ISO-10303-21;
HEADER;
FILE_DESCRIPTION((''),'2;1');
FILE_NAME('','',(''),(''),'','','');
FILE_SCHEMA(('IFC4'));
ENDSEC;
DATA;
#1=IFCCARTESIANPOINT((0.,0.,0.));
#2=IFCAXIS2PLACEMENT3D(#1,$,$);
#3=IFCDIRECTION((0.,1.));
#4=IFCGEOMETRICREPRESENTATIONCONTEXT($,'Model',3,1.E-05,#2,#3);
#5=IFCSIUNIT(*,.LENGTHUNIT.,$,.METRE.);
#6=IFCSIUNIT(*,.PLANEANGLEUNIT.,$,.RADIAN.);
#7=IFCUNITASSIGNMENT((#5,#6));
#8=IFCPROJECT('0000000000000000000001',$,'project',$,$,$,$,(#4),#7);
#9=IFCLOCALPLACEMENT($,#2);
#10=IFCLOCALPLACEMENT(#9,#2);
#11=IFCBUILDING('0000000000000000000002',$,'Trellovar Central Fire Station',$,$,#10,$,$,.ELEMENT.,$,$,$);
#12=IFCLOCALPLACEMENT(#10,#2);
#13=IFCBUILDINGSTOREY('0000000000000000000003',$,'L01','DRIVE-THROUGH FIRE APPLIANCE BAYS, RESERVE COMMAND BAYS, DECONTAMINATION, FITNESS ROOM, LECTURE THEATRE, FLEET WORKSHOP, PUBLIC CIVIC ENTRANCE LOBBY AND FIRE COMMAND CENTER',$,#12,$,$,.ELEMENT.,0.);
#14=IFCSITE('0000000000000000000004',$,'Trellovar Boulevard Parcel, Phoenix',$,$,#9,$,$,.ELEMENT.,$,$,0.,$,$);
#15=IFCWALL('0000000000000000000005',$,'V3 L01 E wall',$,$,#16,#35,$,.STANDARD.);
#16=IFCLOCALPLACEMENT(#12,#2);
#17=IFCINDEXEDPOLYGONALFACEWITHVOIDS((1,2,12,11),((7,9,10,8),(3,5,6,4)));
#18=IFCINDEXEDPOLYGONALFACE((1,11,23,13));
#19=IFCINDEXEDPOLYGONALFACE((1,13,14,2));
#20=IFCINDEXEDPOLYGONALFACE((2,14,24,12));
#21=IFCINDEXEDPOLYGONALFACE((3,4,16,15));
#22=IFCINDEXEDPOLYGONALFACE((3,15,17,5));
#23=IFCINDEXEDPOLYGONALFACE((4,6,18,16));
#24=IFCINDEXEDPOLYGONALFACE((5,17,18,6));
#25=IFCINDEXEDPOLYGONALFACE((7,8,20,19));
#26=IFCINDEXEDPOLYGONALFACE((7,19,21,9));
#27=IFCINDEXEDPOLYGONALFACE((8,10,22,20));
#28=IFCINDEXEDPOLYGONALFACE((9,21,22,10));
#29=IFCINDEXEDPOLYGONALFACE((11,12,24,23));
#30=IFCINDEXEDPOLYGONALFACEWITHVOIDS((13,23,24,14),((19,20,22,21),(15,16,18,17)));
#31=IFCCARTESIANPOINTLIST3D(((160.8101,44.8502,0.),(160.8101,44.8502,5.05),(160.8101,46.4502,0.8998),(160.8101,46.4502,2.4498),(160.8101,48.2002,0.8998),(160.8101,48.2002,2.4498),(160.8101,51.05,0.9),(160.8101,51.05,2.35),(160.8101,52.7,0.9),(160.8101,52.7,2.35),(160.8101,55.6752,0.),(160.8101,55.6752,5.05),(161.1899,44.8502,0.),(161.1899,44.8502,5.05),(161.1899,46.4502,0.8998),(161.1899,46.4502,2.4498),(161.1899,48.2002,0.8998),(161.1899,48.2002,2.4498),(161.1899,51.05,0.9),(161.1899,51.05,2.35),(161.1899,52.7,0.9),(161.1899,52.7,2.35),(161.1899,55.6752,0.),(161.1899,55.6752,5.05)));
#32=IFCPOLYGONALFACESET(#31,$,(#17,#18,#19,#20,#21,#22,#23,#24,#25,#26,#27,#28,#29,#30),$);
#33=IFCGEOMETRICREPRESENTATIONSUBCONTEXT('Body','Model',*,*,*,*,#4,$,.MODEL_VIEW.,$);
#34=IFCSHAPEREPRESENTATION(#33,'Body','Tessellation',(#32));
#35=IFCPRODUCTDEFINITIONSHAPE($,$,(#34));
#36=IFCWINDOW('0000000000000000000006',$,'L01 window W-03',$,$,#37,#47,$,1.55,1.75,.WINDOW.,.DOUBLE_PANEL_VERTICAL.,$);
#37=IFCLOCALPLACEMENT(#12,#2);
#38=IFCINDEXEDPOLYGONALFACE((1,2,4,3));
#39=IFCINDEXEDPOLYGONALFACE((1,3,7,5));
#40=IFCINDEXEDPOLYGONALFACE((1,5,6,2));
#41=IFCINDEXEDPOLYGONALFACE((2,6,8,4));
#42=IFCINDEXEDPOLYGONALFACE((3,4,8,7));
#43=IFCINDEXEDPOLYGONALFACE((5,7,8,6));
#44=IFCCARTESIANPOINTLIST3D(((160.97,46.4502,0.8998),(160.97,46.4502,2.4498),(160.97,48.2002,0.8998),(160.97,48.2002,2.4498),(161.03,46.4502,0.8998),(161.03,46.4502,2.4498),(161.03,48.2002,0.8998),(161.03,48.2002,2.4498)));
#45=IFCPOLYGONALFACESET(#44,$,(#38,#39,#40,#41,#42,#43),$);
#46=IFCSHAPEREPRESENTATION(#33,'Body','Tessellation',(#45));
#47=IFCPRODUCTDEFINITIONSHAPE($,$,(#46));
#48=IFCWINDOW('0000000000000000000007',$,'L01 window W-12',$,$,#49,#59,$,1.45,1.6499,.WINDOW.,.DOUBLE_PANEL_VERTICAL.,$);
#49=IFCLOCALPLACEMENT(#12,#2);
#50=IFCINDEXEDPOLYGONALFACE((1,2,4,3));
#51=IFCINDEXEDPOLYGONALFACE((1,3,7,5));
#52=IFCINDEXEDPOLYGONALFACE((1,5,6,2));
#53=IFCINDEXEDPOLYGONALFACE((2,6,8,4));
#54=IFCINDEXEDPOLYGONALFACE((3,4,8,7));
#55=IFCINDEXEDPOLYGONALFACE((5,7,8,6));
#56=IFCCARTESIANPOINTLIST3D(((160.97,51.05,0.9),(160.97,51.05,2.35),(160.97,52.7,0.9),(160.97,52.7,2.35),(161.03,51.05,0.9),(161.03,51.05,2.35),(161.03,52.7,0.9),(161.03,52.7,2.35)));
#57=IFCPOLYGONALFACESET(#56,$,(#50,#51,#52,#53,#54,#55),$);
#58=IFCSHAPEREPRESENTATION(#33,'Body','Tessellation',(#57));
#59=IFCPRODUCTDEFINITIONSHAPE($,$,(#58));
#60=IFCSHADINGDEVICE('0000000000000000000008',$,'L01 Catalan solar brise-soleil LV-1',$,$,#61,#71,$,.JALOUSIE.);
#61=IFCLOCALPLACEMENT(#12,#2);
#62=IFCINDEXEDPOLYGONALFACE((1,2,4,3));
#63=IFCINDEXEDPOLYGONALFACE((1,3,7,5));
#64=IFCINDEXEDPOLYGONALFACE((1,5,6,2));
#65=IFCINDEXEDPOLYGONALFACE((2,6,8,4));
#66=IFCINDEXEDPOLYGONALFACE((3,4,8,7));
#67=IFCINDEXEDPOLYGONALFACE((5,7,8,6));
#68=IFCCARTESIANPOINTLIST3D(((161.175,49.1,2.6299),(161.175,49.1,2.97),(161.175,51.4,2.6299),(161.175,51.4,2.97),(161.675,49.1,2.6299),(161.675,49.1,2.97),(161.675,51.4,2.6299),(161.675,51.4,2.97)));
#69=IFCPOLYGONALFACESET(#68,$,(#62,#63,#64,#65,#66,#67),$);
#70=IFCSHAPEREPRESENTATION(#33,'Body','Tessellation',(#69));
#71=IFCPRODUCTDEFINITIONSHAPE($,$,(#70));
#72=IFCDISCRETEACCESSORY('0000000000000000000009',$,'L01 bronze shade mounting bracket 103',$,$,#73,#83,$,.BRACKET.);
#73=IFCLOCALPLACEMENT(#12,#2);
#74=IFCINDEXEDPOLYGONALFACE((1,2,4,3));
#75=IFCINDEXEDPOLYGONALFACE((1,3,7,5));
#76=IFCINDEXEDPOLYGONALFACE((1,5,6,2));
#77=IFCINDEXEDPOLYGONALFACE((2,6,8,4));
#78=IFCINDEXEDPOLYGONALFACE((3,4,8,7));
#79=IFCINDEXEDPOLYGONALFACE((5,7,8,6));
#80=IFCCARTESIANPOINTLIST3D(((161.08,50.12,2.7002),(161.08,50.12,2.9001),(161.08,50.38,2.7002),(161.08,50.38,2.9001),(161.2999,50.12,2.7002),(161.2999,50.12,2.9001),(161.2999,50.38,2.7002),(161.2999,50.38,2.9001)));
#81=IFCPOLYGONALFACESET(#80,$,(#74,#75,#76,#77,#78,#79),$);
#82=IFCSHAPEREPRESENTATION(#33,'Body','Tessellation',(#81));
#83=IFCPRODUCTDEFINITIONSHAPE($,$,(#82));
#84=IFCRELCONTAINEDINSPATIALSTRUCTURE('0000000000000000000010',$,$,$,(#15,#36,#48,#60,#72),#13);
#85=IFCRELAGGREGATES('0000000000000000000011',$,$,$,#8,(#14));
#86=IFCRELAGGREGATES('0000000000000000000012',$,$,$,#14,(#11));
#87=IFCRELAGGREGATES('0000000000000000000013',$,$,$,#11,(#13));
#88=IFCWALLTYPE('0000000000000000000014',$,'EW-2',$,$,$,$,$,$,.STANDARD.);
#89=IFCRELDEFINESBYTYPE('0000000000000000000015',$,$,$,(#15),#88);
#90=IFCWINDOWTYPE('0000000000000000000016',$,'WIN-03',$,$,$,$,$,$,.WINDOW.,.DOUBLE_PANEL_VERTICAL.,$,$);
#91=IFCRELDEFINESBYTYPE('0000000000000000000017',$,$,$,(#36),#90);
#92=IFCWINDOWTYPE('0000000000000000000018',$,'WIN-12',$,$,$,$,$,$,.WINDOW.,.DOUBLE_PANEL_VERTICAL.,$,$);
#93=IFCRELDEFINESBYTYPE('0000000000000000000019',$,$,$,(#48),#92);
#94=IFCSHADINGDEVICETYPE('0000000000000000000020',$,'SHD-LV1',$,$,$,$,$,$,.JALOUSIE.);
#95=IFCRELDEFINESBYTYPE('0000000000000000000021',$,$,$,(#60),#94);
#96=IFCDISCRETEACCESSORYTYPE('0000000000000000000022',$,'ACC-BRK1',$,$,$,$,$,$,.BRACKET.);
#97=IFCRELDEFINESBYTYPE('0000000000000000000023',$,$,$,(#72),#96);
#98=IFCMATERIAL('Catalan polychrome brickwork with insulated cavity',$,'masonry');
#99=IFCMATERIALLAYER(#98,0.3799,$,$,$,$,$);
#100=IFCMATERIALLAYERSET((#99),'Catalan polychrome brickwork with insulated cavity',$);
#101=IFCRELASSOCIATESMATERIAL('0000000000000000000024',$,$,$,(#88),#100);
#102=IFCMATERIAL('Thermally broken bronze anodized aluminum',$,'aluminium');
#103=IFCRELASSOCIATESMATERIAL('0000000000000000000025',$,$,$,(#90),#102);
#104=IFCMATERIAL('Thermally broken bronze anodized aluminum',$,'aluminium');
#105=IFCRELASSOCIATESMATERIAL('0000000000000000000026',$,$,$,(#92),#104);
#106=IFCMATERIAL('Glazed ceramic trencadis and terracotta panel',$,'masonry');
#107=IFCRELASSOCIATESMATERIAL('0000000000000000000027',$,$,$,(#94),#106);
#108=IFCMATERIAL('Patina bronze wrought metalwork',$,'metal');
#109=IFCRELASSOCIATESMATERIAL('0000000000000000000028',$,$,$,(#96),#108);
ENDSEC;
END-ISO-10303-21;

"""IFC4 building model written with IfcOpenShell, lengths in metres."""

from ifc_helpers import new_model, si_unit, direction, frame, frame_2d, origin, origin_2d, place, context, subcontext, project, spatial, rectangle, extrude, material, layer, layer_set, type_object, element, fill, save


model = new_model("IFC4")

# Units and contexts
model_context = context("Model", 3, precision=1e-05, world=origin(), true_north=direction((0.0, 1.0)))
body_context = subcontext(model_context, "Body", "Model", "MODEL_VIEW")
ifc_project = project(units=[si_unit("LENGTHUNIT", "METRE"), si_unit("PLANEANGLEUNIT", "RADIAN")], contexts=[model_context])

# Site, building, storey
site_placement = place(None, origin())
site = spatial("IfcSite", under=ifc_project, at=site_placement, Name="Trellovar Boulevard Parcel, Phoenix", CompositionType="ELEMENT", RefElevation=0.0)
building_placement = place(site_placement, origin())
building = spatial("IfcBuilding", under=site, at=building_placement, Name="Trellovar Central Fire Station", CompositionType="ELEMENT")
storey_placement = place(building_placement, origin())
storey = spatial("IfcBuildingStorey", under=building, at=storey_placement, Name="L01", Description="DRIVE-THROUGH FIRE APPLIANCE BAYS, RESERVE COMMAND BAYS, DECONTAMINATION, FITNESS ROOM, LECTURE THEATRE, FLEET WORKSHOP, PUBLIC CIVIC ENTRANCE LOBBY AND FIRE COMMAND CENTER", CompositionType="ELEMENT", Elevation=0.0)

# Shared definitions
ifc_material_1 = material(Name="Catalan polychrome brickwork with insulated cavity", Category="masonry")
ifc_layer = layer(ifc_material_1, 0.3799)
ifc_layer_set = layer_set([ifc_layer], Name="Catalan polychrome brickwork with insulated cavity")
wall_type = type_object("IfcWallType", Name="EW-2", PredefinedType="STANDARD", material=ifc_layer_set)

# Wall, openings, windows
wall_1_placement = place(storey_placement, frame((161.0, 44.8501, 0.0), z_axis=(0.0, 0.0, 1.0), x_axis=(0.0, 1.0, 0.0)))
wall_1 = element("IfcWall", 1, at=wall_1_placement, inside=storey, type_object=wall_type, Name="V3 L01 E wall", PredefinedType="STANDARD", context=body_context, shape_type="SweptSolid", body=[
    extrude(rectangle(XDim=10.825, YDim=0.3799, at=frame_2d((5.4126, 0.0))), origin(), (0.0, 0.0, 1.0), 5.05),
])
opening_1_placement = place(wall_1_placement, frame((1.6001, 0.0, 0.8999)))
opening_1 = element("IfcOpeningElement", 2, at=opening_1_placement, cuts=wall_1, PredefinedType="OPENING", context=body_context, shape_type="SweptSolid", body=[
    extrude(rectangle(XDim=1.75, YDim=1.55, at=frame_2d((0.875, 0.7749))), frame((0.0, 0.2, 0.0), z_axis=(0.0, -1.0, 0.0), x_axis=(1.0, 0.0, 0.0)), (0.0, 0.0, 1.0), 0.3999),
])
opening_2_placement = place(wall_1_placement, frame((6.2, 0.0, 0.8999)))
opening_2 = element("IfcOpeningElement", 3, at=opening_2_placement, cuts=wall_1, PredefinedType="OPENING", context=body_context, shape_type="SweptSolid", body=[
    extrude(rectangle(XDim=1.6499, YDim=1.45, at=frame_2d((0.825, 0.7251))), frame((0.0, 0.2, 0.0), z_axis=(0.0, -1.0, 0.0), x_axis=(1.0, 0.0, 0.0)), (0.0, 0.0, 1.0), 0.3999),
])
ifc_material_2 = material(Name="Thermally broken bronze anodized aluminum", Category="aluminium")
window_type_1 = type_object("IfcWindowType", Name="WIN-03", PartitioningType="DOUBLE_PANEL_VERTICAL", PredefinedType="WINDOW", material=ifc_material_2)
window_1_placement = place(opening_1_placement, origin())
window_1 = element("IfcWindow", 4, at=window_1_placement, inside=storey, type_object=window_type_1, Name="L01 window W-03", OverallHeight=1.55, OverallWidth=1.75, PartitioningType="DOUBLE_PANEL_VERTICAL", PredefinedType="WINDOW", context=body_context, shape_type="SweptSolid", body=[
    extrude(rectangle(XDim=1.75, YDim=1.55, at=frame_2d((0.875, 0.7749))), frame((0.0, 0.03, 0.0), z_axis=(0.0, -1.0, 0.0), x_axis=(1.0, 0.0, 0.0)), (0.0, 0.0, 1.0), 0.0601),
])
fill(opening_1, window_1)
ifc_material_3 = material(Name="Thermally broken bronze anodized aluminum", Category="aluminium")
window_type_2 = type_object("IfcWindowType", Name="WIN-12", PartitioningType="DOUBLE_PANEL_VERTICAL", PredefinedType="WINDOW", material=ifc_material_3)
window_2_placement = place(opening_2_placement, origin())
window_2 = element("IfcWindow", 5, at=window_2_placement, inside=storey, type_object=window_type_2, Name="L01 window W-12", OverallHeight=1.45, OverallWidth=1.6499, PartitioningType="DOUBLE_PANEL_VERTICAL", PredefinedType="WINDOW", context=body_context, shape_type="SweptSolid", body=[
    extrude(rectangle(XDim=1.6499, YDim=1.45, at=frame_2d((0.825, 0.7251))), frame((0.0, 0.03, 0.0), z_axis=(0.0, -1.0, 0.0), x_axis=(1.0, 0.0, 0.0)), (0.0, 0.0, 1.0), 0.0601),
])
fill(opening_2, window_2)

# Shading device
ifc_material_4 = material(Name="Glazed ceramic trencadis and terracotta panel", Category="masonry")
shading_device_type = type_object("IfcShadingDeviceType", Name="SHD-LV1", PredefinedType="JALOUSIE", material=ifc_material_4)
shading_device_placement = place(storey_placement, frame((161.425, 50.25, 2.6299), z_axis=(0.0, 0.0, 1.0), x_axis=(0.0, 1.0, 0.0)))
element("IfcShadingDevice", 6, at=shading_device_placement, inside=storey, type_object=shading_device_type, Name="L01 Catalan solar brise-soleil LV-1", PredefinedType="JALOUSIE", context=body_context, shape_type="SweptSolid", body=[
    extrude(rectangle(XDim=2.3, YDim=0.5, at=origin_2d()), origin(), (0.0, 0.0, 1.0), 0.3401),
])

# Discrete accessory
ifc_material_5 = material(Name="Patina bronze wrought metalwork", Category="metal")
discrete_accessory_type = type_object("IfcDiscreteAccessoryType", Name="ACC-BRK1", PredefinedType="BRACKET", material=ifc_material_5)
discrete_accessory_placement = place(storey_placement, frame((161.1899, 50.25, 2.7002), z_axis=(0.0, 0.0, 1.0), x_axis=(0.0, 1.0, 0.0)))
element("IfcDiscreteAccessory", 7, at=discrete_accessory_placement, inside=storey, type_object=discrete_accessory_type, Name="L01 bronze shade mounting bracket 103", PredefinedType="BRACKET", context=body_context, shape_type="SweptSolid", body=[
    extrude(rectangle(XDim=0.26, YDim=0.22, at=origin_2d()), origin(), (0.0, 0.0, 1.0), 0.2),
])

save(model, "model.ifc")
